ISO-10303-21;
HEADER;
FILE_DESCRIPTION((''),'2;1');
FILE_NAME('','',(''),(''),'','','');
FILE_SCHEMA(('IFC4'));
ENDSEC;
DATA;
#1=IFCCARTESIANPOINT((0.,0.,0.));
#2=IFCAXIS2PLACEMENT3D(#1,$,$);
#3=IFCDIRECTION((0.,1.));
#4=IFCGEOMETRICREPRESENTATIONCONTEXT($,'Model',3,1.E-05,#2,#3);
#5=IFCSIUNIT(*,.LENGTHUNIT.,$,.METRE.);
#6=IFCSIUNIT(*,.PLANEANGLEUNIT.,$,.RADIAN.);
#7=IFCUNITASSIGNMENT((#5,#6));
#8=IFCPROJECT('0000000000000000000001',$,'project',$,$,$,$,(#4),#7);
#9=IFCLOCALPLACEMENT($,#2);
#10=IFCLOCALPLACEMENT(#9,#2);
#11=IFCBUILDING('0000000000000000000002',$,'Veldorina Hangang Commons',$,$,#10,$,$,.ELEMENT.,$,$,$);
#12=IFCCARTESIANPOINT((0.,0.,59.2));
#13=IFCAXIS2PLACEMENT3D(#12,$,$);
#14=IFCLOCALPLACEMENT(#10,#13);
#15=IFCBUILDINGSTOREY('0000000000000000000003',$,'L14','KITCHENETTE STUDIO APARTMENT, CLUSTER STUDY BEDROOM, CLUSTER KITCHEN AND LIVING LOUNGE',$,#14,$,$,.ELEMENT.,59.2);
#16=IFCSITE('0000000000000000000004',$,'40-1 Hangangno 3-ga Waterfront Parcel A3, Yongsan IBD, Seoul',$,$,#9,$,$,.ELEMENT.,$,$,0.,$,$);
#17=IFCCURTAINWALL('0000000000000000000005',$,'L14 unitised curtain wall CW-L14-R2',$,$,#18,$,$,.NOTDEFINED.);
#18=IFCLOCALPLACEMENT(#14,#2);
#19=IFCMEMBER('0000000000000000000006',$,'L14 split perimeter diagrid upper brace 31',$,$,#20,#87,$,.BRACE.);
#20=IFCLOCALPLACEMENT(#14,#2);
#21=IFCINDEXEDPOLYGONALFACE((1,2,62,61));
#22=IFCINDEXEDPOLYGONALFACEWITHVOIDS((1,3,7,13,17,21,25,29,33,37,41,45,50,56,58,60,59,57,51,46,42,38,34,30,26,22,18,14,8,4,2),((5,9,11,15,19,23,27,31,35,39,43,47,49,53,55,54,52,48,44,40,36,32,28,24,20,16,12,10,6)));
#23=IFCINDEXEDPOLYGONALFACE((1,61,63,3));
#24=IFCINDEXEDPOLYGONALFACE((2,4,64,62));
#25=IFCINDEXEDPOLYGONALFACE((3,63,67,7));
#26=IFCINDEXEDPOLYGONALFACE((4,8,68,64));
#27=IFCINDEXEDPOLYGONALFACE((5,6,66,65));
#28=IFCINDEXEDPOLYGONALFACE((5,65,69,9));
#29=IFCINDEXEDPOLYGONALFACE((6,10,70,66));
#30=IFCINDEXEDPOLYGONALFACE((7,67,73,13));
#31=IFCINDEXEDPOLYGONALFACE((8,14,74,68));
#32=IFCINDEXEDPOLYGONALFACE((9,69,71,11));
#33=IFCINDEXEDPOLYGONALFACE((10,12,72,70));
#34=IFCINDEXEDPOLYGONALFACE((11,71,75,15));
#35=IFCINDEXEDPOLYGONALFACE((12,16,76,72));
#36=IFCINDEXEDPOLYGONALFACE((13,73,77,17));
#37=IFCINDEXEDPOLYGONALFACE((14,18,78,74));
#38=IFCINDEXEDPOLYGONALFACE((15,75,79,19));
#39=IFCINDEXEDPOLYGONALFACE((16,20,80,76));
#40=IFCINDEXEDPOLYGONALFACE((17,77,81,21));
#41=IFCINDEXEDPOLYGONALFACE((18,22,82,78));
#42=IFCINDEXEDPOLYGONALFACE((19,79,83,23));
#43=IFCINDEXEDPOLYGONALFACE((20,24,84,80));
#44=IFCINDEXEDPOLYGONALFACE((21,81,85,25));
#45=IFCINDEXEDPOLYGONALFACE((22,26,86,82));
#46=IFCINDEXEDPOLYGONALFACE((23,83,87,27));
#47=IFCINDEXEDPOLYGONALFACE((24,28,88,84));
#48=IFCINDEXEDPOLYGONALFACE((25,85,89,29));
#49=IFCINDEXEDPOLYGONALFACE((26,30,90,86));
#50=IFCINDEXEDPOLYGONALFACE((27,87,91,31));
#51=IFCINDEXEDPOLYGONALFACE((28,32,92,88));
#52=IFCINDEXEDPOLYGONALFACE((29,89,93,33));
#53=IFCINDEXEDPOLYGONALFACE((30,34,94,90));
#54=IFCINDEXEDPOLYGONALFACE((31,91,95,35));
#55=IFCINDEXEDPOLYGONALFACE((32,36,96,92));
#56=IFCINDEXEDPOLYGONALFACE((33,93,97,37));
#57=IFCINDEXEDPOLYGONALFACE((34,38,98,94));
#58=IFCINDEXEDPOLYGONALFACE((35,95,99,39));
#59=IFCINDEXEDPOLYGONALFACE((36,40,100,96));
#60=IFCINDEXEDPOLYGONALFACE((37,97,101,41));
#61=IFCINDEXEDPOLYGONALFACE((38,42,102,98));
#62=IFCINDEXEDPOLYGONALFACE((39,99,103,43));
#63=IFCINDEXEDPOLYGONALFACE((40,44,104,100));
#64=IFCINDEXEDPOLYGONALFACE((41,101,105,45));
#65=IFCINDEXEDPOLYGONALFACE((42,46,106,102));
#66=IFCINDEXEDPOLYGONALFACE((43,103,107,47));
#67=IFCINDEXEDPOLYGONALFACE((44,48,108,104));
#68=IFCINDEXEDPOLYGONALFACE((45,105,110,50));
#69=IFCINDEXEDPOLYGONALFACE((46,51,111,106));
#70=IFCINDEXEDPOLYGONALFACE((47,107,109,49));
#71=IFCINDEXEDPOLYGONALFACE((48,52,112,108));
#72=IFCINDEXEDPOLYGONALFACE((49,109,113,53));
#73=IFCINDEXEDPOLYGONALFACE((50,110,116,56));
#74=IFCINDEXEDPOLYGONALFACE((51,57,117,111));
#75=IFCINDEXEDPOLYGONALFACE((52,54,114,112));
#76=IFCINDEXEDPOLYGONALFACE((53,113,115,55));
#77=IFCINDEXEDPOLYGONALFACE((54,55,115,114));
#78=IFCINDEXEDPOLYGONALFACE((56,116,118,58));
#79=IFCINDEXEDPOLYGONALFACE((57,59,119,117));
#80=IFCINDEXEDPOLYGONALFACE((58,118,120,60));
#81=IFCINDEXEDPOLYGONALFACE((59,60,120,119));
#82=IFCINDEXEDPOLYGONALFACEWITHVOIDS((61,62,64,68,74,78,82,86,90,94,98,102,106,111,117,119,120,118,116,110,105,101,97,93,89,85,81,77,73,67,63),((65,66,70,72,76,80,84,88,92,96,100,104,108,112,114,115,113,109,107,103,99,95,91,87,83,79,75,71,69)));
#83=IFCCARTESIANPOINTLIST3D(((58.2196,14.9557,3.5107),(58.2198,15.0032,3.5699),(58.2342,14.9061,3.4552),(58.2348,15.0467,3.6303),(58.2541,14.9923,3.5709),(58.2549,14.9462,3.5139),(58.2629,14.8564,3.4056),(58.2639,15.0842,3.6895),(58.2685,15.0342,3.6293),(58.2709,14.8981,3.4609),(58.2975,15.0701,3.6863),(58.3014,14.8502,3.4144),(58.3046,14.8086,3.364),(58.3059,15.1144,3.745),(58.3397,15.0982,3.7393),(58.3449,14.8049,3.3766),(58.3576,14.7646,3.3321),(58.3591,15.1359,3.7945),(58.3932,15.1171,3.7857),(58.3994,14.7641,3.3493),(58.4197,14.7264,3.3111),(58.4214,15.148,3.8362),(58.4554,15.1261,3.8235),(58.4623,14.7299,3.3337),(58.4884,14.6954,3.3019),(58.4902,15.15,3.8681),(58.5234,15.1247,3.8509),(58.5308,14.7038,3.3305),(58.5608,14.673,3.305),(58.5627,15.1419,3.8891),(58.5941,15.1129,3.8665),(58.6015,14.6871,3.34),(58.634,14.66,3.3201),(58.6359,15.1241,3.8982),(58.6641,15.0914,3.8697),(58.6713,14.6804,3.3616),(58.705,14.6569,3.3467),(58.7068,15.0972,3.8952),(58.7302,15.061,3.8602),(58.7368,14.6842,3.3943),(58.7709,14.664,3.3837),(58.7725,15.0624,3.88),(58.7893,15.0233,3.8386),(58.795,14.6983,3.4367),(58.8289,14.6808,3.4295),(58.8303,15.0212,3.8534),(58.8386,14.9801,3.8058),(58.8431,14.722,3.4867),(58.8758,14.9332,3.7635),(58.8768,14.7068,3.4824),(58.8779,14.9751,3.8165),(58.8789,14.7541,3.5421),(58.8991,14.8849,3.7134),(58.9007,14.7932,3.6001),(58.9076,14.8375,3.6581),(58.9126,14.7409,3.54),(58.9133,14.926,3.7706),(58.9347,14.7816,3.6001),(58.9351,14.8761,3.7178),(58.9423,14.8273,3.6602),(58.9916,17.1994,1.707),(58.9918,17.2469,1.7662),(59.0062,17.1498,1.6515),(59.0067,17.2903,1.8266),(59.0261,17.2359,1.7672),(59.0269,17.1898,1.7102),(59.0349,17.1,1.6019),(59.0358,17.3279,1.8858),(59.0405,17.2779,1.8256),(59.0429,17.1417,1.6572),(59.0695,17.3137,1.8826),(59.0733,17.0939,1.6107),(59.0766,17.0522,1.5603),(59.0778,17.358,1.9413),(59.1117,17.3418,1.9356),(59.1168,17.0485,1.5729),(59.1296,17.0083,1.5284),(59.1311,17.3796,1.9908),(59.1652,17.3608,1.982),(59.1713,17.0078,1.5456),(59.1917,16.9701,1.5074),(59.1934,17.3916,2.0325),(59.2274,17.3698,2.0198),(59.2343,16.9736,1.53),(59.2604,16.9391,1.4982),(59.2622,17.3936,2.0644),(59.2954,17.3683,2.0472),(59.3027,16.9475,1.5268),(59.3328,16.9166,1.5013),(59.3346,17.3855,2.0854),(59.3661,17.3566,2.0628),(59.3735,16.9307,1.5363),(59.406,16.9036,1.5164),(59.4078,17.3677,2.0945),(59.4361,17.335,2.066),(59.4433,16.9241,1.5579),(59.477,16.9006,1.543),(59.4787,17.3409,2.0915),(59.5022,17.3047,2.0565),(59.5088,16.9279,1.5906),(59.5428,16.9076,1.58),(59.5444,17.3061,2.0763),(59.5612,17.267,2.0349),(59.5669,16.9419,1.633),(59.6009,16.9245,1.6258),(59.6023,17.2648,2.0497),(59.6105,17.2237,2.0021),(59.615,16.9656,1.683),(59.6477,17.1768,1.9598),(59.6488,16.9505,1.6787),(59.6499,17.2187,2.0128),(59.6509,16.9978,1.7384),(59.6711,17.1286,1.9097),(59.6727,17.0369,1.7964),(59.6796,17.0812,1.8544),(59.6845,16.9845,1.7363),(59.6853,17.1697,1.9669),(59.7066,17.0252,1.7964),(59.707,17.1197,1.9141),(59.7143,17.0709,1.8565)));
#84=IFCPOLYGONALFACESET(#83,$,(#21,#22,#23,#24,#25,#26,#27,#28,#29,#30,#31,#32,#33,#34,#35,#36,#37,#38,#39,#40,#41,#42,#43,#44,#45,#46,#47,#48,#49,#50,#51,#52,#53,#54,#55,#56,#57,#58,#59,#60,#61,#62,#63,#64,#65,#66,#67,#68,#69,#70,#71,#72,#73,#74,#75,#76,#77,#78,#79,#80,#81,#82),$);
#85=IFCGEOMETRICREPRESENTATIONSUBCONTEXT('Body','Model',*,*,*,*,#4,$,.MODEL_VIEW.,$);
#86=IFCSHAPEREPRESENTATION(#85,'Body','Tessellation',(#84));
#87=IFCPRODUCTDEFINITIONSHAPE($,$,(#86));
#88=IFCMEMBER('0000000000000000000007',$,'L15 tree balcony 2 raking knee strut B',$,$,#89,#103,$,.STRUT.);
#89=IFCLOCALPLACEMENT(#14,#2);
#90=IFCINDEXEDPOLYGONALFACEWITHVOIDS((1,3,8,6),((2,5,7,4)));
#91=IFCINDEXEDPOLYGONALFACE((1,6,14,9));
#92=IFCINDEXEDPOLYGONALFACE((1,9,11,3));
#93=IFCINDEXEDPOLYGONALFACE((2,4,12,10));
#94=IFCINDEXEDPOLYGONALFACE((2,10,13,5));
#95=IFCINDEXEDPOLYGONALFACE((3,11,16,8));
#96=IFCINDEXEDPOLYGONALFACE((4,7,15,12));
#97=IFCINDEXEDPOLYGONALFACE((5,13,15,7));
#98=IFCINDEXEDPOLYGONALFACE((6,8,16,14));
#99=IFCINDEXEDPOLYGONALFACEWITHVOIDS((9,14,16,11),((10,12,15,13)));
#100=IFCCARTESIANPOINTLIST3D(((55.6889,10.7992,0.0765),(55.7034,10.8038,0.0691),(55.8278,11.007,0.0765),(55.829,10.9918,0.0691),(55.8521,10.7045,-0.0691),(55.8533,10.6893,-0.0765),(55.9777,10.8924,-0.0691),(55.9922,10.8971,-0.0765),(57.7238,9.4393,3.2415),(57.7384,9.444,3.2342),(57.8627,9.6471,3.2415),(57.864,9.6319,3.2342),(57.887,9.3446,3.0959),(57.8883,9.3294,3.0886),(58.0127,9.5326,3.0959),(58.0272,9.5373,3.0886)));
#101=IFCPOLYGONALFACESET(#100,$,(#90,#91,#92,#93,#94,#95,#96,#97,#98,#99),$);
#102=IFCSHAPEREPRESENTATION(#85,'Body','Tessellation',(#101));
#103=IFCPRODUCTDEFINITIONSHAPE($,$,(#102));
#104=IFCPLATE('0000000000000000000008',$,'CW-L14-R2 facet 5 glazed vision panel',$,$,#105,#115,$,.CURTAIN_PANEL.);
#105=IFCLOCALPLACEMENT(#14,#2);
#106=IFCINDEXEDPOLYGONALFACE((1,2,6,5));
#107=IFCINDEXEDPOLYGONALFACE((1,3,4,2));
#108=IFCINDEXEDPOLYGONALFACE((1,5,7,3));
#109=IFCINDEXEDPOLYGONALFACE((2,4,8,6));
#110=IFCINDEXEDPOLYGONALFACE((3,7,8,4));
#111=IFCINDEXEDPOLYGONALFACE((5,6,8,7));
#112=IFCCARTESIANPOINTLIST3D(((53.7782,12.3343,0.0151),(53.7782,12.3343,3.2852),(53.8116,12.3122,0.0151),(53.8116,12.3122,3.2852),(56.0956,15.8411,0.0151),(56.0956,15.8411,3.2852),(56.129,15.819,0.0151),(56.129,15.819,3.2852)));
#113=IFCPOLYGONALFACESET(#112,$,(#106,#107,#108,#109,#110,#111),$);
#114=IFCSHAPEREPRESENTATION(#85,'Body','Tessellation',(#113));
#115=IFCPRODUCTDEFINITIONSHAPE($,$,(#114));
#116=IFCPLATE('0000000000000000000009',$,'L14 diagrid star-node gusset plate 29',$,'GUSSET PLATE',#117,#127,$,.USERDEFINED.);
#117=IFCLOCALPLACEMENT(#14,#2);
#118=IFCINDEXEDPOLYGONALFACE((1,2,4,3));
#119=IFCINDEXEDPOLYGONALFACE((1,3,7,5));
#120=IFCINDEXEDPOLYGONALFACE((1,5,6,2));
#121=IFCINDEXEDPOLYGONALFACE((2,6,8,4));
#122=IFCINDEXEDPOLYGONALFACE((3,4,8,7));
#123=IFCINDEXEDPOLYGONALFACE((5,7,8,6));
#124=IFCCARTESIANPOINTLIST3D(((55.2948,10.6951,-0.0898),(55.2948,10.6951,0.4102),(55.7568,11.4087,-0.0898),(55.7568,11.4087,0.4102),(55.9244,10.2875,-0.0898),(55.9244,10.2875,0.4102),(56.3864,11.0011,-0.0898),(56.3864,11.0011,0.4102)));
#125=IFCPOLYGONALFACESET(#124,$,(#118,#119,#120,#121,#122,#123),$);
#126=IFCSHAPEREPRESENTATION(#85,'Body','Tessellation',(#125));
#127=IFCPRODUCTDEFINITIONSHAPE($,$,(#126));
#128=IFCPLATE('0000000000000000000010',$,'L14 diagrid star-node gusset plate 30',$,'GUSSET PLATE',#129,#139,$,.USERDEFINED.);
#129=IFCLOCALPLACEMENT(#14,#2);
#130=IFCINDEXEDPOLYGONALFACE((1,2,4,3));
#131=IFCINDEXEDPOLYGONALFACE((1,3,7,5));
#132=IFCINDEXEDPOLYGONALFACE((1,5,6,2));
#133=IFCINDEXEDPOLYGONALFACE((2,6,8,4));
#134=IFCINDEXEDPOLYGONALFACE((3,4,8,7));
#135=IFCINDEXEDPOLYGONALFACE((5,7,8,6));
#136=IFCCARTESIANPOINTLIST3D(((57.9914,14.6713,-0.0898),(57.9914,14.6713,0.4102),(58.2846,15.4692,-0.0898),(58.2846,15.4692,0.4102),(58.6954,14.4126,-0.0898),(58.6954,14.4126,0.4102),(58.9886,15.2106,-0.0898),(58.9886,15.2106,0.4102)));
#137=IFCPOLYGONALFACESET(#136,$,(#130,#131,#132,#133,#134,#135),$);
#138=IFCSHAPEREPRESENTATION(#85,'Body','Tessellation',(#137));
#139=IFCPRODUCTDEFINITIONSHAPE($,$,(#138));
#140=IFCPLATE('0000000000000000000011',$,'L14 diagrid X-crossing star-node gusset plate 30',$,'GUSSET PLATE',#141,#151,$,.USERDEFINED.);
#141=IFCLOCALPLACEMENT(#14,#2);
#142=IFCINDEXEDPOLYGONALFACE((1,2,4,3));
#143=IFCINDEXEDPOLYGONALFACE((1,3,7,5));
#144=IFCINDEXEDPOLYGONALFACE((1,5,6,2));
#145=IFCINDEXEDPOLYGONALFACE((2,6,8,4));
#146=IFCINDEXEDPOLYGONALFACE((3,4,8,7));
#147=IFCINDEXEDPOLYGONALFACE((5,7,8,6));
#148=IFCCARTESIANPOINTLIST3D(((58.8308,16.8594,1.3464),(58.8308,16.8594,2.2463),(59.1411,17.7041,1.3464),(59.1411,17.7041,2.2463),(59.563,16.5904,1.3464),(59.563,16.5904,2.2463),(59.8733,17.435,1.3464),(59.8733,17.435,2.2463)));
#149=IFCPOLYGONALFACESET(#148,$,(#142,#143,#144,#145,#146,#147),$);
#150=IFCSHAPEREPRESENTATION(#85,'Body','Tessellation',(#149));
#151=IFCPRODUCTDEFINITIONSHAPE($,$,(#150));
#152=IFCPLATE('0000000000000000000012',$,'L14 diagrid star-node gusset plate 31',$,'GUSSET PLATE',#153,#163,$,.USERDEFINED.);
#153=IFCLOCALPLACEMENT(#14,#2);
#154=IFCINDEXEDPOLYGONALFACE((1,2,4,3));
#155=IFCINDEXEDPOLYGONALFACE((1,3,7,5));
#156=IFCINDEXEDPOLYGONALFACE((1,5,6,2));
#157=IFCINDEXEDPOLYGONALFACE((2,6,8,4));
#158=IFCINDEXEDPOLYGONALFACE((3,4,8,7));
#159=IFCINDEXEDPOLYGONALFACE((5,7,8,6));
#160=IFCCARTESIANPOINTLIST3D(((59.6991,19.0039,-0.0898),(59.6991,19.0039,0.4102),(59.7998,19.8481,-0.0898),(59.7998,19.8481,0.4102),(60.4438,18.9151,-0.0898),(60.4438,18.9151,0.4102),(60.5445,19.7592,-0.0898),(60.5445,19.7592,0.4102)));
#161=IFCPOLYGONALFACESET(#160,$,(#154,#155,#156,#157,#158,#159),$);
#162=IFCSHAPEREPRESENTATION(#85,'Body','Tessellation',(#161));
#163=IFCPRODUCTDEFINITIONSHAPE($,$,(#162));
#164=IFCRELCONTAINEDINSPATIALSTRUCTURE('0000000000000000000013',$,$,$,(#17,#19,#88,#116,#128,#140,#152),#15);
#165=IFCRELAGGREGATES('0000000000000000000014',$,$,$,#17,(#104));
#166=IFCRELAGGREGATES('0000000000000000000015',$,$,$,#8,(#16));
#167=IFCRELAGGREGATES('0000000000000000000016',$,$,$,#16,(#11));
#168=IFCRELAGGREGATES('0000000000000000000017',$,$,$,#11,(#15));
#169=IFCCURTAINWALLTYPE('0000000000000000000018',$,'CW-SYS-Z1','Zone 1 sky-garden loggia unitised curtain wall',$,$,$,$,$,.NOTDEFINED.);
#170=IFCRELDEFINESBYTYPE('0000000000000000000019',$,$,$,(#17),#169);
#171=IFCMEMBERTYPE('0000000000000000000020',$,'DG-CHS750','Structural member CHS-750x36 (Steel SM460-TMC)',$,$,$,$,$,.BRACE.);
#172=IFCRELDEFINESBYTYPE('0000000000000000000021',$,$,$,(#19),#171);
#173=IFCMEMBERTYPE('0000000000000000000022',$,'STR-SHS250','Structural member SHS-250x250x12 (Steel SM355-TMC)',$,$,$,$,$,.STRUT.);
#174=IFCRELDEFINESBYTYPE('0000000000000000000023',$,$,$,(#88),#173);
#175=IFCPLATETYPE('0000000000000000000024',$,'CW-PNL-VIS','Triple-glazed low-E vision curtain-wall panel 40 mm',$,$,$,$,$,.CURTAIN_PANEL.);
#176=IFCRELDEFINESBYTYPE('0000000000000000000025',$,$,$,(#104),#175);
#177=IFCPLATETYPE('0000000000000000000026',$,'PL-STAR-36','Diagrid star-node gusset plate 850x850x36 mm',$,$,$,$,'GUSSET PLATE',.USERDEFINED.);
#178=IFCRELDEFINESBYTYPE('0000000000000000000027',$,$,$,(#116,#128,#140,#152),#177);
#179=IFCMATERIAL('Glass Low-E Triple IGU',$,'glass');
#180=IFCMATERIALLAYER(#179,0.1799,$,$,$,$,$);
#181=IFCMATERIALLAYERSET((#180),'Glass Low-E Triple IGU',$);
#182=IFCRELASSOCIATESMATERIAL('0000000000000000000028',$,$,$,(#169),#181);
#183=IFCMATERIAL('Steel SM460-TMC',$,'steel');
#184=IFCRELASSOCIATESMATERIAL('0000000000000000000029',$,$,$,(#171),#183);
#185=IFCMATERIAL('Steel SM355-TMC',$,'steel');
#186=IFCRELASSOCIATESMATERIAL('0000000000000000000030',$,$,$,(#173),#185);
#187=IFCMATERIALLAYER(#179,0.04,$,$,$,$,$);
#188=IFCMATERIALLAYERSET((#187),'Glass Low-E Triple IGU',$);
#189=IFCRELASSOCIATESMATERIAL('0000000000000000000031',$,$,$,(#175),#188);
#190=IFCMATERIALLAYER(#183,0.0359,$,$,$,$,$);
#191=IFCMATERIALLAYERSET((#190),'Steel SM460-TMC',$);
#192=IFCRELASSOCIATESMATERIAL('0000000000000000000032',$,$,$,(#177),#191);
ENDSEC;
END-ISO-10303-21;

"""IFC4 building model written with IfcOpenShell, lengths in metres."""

from ifc_helpers import new_model, si_unit, direction, frame, origin, origin_2d, place, context, subcontext, project, spatial, rectangle, hollow_rectangle, hollow_circle, extrude, material, layer, layer_set, material_profile, profile_set, type_object, element, aggregate, save


model = new_model("IFC4")

# Units and contexts
model_context = context("Model", 3, precision=1e-05, world=origin(), true_north=direction((0.0, 1.0)))
body_context = subcontext(model_context, "Body", "Model", "MODEL_VIEW")
ifc_project = project(units=[si_unit("LENGTHUNIT", "METRE"), si_unit("PLANEANGLEUNIT", "RADIAN")], contexts=[model_context])

# Site, building, storey
site_placement = place(None, origin())
site = spatial("IfcSite", under=ifc_project, at=site_placement, Name="40-1 Hangangno 3-ga Waterfront Parcel A3, Yongsan IBD, Seoul", CompositionType="ELEMENT", RefElevation=0.0)
building_placement = place(site_placement, origin())
building = spatial("IfcBuilding", under=site, at=building_placement, Name="Veldorina Hangang Commons", CompositionType="ELEMENT")
storey_placement = place(building_placement, frame((0.0, 0.0, 59.2)))
storey = spatial("IfcBuildingStorey", under=building, at=storey_placement, Name="L14", Description="KITCHENETTE STUDIO APARTMENT, CLUSTER STUDY BEDROOM, CLUSTER KITCHEN AND LIVING LOUNGE", CompositionType="ELEMENT", Elevation=59.2)

# Shared definitions
ifc_material_1 = material(Name="Steel SM355-TMC", Category="steel")
ifc_material_2 = material(Name="Steel SM460-TMC", Category="steel")

# Curtain wall
ifc_material_3 = material(Name="Glass Low-E Triple IGU", Category="glass")
ifc_layer_1 = layer(ifc_material_3, 0.1799)
ifc_layer_set_1 = layer_set([ifc_layer_1], Name="Glass Low-E Triple IGU")
curtain_wall_type = type_object("IfcCurtainWallType", Name="CW-SYS-Z1", Description="Zone 1 sky-garden loggia unitised curtain wall", PredefinedType="NOTDEFINED", material=ifc_layer_set_1)
curtain_wall_placement = place(storey_placement, origin())
curtain_wall = element("IfcCurtainWall", 1, at=curtain_wall_placement, inside=storey, type_object=curtain_wall_type, Name="L14 unitised curtain wall CW-L14-R2", PredefinedType="NOTDEFINED")

# Members
ifc_material_profile_1 = material_profile(ifc_material_2, hollow_circle(Radius=0.375, WallThickness=0.0359, at=origin_2d()), Name="CHS-750x36")
ifc_profile_set_1 = profile_set([ifc_material_profile_1], Name="Steel SM460-TMC")
member_type_1 = type_object("IfcMemberType", Name="DG-CHS750", Description="Structural member CHS-750x36 (Steel SM460-TMC)", PredefinedType="BRACE", material=ifc_profile_set_1)
member_1_placement = place(storey_placement, frame((59.3521, 17.1472, 1.7964), z_axis=(-0.259009, -0.752781, 0.605174), x_axis=(0.945594, -0.32535, 0.0)))
element("IfcMember", 2, at=member_1_placement, inside=storey, type_object=member_type_1, Name="L14 split perimeter diagrid upper brace 31", PredefinedType="BRACE", context=body_context, shape_type="SweptSolid", body=[
    extrude(hollow_circle(Radius=0.375, WallThickness=0.0359, at=origin_2d()), origin(), (0.0, 0.0, 1.0), 2.9805),
])
ifc_material_profile_2 = material_profile(ifc_material_1, hollow_rectangle(XDim=0.25, YDim=0.25, WallThickness=0.012, at=origin_2d()), Name="SHS-250x250x12")
ifc_profile_set_2 = profile_set([ifc_material_profile_2], Name="Steel SM355-TMC")
member_type_2 = type_object("IfcMemberType", Name="STR-SHS250", Description="Structural member SHS-250x250x12 (Steel SM355-TMC)", PredefinedType="STRUT", material=ifc_profile_set_2)
member_2_placement = place(storey_placement, frame((55.8406, 10.8481, 0.0), z_axis=(0.508608, -0.339885, 0.791073), x_axis=(0.555621, 0.831436, 0.0)))
element("IfcMember", 3, at=member_2_placement, inside=storey, type_object=member_type_2, Name="L15 tree balcony 2 raking knee strut B", PredefinedType="STRUT", context=body_context, shape_type="SweptSolid", body=[
    extrude(hollow_rectangle(XDim=0.25, YDim=0.25, WallThickness=0.012, at=origin_2d()), origin(), (0.0, 0.0, 1.0), 4.001),
])

# Plate
ifc_layer_2 = layer(ifc_material_3, 0.04)
ifc_layer_set_2 = layer_set([ifc_layer_2], Name="Glass Low-E Triple IGU")
plate_type_1 = type_object("IfcPlateType", Name="CW-PNL-VIS", Description="Triple-glazed low-E vision curtain-wall panel 40 mm", PredefinedType="CURTAIN_PANEL", material=ifc_layer_set_2)
plate_1_placement = place(storey_placement, frame((54.9536, 14.0767, 0.0151), z_axis=(0.0, 0.0, 1.0), x_axis=(0.551326, 0.83429, 0.0)))
plate_1 = element("IfcPlate", 4, at=plate_1_placement, type_object=plate_type_1, Name="CW-L14-R2 facet 5 glazed vision panel", PredefinedType="CURTAIN_PANEL", context=body_context, shape_type="SweptSolid", body=[
    extrude(rectangle(XDim=4.2034, YDim=0.04, at=origin_2d()), origin(), (0.0, 0.0, 1.0), 3.27),
])
aggregate(curtain_wall, [plate_1])

# Plates
ifc_layer_3 = layer(ifc_material_2, 0.0359)
ifc_layer_set_3 = layer_set([ifc_layer_3], Name="Steel SM460-TMC")
plate_type_2 = type_object("IfcPlateType", Name="PL-STAR-36", Description="Diagrid star-node gusset plate 850x850x36 mm", ElementType="GUSSET PLATE", PredefinedType="USERDEFINED", material=ifc_layer_set_3)
for number, where, z_axis, x_axis, name in (
    (5, (55.8406, 10.8481, -0.0898), (0.0, 0.0, 1.0), (0.543467, 0.83943, 0.0), "L14 diagrid star-node gusset plate 29"),
    (6, (58.49, 14.9409, -0.0898), (0.0, 0.0, 1.0), (0.344889, 0.938644, 0.0), "L14 diagrid star-node gusset plate 30"),
):
    element("IfcPlate", number, at=place(storey_placement, frame(where, z_axis=z_axis, x_axis=x_axis)), inside=storey, type_object=plate_type_2, Name=name, ObjectType="GUSSET PLATE", PredefinedType="USERDEFINED", context=body_context, shape_type="SweptSolid", body=[
        extrude(rectangle(XDim=0.8501, YDim=0.75, at=origin_2d()), origin(), (0.0, 0.0, 1.0), 0.5),
    ])
plate_2_placement = place(storey_placement, frame((59.3521, 17.1472, 1.3464), z_axis=(0.0, 0.0, 1.0), x_axis=(0.344889, 0.938644, 0.0)))
element("IfcPlate", 7, at=plate_2_placement, inside=storey, type_object=plate_type_2, Name="L14 diagrid X-crossing star-node gusset plate 30", ObjectType="GUSSET PLATE", PredefinedType="USERDEFINED", context=body_context, shape_type="SweptSolid", body=[
    extrude(rectangle(XDim=0.8999, YDim=0.78, at=origin_2d()), origin(), (0.0, 0.0, 1.0), 0.8999),
])
plate_3_placement = place(storey_placement, frame((60.1218, 19.3816, -0.0898), z_axis=(0.0, 0.0, 1.0), x_axis=(0.118439, 0.992961, 0.0)))
element("IfcPlate", 8, at=plate_3_placement, inside=storey, type_object=plate_type_2, Name="L14 diagrid star-node gusset plate 31", ObjectType="GUSSET PLATE", PredefinedType="USERDEFINED", context=body_context, shape_type="SweptSolid", body=[
    extrude(rectangle(XDim=0.8501, YDim=0.75, at=origin_2d()), origin(), (0.0, 0.0, 1.0), 0.5),
])

save(model, "model.ifc")
